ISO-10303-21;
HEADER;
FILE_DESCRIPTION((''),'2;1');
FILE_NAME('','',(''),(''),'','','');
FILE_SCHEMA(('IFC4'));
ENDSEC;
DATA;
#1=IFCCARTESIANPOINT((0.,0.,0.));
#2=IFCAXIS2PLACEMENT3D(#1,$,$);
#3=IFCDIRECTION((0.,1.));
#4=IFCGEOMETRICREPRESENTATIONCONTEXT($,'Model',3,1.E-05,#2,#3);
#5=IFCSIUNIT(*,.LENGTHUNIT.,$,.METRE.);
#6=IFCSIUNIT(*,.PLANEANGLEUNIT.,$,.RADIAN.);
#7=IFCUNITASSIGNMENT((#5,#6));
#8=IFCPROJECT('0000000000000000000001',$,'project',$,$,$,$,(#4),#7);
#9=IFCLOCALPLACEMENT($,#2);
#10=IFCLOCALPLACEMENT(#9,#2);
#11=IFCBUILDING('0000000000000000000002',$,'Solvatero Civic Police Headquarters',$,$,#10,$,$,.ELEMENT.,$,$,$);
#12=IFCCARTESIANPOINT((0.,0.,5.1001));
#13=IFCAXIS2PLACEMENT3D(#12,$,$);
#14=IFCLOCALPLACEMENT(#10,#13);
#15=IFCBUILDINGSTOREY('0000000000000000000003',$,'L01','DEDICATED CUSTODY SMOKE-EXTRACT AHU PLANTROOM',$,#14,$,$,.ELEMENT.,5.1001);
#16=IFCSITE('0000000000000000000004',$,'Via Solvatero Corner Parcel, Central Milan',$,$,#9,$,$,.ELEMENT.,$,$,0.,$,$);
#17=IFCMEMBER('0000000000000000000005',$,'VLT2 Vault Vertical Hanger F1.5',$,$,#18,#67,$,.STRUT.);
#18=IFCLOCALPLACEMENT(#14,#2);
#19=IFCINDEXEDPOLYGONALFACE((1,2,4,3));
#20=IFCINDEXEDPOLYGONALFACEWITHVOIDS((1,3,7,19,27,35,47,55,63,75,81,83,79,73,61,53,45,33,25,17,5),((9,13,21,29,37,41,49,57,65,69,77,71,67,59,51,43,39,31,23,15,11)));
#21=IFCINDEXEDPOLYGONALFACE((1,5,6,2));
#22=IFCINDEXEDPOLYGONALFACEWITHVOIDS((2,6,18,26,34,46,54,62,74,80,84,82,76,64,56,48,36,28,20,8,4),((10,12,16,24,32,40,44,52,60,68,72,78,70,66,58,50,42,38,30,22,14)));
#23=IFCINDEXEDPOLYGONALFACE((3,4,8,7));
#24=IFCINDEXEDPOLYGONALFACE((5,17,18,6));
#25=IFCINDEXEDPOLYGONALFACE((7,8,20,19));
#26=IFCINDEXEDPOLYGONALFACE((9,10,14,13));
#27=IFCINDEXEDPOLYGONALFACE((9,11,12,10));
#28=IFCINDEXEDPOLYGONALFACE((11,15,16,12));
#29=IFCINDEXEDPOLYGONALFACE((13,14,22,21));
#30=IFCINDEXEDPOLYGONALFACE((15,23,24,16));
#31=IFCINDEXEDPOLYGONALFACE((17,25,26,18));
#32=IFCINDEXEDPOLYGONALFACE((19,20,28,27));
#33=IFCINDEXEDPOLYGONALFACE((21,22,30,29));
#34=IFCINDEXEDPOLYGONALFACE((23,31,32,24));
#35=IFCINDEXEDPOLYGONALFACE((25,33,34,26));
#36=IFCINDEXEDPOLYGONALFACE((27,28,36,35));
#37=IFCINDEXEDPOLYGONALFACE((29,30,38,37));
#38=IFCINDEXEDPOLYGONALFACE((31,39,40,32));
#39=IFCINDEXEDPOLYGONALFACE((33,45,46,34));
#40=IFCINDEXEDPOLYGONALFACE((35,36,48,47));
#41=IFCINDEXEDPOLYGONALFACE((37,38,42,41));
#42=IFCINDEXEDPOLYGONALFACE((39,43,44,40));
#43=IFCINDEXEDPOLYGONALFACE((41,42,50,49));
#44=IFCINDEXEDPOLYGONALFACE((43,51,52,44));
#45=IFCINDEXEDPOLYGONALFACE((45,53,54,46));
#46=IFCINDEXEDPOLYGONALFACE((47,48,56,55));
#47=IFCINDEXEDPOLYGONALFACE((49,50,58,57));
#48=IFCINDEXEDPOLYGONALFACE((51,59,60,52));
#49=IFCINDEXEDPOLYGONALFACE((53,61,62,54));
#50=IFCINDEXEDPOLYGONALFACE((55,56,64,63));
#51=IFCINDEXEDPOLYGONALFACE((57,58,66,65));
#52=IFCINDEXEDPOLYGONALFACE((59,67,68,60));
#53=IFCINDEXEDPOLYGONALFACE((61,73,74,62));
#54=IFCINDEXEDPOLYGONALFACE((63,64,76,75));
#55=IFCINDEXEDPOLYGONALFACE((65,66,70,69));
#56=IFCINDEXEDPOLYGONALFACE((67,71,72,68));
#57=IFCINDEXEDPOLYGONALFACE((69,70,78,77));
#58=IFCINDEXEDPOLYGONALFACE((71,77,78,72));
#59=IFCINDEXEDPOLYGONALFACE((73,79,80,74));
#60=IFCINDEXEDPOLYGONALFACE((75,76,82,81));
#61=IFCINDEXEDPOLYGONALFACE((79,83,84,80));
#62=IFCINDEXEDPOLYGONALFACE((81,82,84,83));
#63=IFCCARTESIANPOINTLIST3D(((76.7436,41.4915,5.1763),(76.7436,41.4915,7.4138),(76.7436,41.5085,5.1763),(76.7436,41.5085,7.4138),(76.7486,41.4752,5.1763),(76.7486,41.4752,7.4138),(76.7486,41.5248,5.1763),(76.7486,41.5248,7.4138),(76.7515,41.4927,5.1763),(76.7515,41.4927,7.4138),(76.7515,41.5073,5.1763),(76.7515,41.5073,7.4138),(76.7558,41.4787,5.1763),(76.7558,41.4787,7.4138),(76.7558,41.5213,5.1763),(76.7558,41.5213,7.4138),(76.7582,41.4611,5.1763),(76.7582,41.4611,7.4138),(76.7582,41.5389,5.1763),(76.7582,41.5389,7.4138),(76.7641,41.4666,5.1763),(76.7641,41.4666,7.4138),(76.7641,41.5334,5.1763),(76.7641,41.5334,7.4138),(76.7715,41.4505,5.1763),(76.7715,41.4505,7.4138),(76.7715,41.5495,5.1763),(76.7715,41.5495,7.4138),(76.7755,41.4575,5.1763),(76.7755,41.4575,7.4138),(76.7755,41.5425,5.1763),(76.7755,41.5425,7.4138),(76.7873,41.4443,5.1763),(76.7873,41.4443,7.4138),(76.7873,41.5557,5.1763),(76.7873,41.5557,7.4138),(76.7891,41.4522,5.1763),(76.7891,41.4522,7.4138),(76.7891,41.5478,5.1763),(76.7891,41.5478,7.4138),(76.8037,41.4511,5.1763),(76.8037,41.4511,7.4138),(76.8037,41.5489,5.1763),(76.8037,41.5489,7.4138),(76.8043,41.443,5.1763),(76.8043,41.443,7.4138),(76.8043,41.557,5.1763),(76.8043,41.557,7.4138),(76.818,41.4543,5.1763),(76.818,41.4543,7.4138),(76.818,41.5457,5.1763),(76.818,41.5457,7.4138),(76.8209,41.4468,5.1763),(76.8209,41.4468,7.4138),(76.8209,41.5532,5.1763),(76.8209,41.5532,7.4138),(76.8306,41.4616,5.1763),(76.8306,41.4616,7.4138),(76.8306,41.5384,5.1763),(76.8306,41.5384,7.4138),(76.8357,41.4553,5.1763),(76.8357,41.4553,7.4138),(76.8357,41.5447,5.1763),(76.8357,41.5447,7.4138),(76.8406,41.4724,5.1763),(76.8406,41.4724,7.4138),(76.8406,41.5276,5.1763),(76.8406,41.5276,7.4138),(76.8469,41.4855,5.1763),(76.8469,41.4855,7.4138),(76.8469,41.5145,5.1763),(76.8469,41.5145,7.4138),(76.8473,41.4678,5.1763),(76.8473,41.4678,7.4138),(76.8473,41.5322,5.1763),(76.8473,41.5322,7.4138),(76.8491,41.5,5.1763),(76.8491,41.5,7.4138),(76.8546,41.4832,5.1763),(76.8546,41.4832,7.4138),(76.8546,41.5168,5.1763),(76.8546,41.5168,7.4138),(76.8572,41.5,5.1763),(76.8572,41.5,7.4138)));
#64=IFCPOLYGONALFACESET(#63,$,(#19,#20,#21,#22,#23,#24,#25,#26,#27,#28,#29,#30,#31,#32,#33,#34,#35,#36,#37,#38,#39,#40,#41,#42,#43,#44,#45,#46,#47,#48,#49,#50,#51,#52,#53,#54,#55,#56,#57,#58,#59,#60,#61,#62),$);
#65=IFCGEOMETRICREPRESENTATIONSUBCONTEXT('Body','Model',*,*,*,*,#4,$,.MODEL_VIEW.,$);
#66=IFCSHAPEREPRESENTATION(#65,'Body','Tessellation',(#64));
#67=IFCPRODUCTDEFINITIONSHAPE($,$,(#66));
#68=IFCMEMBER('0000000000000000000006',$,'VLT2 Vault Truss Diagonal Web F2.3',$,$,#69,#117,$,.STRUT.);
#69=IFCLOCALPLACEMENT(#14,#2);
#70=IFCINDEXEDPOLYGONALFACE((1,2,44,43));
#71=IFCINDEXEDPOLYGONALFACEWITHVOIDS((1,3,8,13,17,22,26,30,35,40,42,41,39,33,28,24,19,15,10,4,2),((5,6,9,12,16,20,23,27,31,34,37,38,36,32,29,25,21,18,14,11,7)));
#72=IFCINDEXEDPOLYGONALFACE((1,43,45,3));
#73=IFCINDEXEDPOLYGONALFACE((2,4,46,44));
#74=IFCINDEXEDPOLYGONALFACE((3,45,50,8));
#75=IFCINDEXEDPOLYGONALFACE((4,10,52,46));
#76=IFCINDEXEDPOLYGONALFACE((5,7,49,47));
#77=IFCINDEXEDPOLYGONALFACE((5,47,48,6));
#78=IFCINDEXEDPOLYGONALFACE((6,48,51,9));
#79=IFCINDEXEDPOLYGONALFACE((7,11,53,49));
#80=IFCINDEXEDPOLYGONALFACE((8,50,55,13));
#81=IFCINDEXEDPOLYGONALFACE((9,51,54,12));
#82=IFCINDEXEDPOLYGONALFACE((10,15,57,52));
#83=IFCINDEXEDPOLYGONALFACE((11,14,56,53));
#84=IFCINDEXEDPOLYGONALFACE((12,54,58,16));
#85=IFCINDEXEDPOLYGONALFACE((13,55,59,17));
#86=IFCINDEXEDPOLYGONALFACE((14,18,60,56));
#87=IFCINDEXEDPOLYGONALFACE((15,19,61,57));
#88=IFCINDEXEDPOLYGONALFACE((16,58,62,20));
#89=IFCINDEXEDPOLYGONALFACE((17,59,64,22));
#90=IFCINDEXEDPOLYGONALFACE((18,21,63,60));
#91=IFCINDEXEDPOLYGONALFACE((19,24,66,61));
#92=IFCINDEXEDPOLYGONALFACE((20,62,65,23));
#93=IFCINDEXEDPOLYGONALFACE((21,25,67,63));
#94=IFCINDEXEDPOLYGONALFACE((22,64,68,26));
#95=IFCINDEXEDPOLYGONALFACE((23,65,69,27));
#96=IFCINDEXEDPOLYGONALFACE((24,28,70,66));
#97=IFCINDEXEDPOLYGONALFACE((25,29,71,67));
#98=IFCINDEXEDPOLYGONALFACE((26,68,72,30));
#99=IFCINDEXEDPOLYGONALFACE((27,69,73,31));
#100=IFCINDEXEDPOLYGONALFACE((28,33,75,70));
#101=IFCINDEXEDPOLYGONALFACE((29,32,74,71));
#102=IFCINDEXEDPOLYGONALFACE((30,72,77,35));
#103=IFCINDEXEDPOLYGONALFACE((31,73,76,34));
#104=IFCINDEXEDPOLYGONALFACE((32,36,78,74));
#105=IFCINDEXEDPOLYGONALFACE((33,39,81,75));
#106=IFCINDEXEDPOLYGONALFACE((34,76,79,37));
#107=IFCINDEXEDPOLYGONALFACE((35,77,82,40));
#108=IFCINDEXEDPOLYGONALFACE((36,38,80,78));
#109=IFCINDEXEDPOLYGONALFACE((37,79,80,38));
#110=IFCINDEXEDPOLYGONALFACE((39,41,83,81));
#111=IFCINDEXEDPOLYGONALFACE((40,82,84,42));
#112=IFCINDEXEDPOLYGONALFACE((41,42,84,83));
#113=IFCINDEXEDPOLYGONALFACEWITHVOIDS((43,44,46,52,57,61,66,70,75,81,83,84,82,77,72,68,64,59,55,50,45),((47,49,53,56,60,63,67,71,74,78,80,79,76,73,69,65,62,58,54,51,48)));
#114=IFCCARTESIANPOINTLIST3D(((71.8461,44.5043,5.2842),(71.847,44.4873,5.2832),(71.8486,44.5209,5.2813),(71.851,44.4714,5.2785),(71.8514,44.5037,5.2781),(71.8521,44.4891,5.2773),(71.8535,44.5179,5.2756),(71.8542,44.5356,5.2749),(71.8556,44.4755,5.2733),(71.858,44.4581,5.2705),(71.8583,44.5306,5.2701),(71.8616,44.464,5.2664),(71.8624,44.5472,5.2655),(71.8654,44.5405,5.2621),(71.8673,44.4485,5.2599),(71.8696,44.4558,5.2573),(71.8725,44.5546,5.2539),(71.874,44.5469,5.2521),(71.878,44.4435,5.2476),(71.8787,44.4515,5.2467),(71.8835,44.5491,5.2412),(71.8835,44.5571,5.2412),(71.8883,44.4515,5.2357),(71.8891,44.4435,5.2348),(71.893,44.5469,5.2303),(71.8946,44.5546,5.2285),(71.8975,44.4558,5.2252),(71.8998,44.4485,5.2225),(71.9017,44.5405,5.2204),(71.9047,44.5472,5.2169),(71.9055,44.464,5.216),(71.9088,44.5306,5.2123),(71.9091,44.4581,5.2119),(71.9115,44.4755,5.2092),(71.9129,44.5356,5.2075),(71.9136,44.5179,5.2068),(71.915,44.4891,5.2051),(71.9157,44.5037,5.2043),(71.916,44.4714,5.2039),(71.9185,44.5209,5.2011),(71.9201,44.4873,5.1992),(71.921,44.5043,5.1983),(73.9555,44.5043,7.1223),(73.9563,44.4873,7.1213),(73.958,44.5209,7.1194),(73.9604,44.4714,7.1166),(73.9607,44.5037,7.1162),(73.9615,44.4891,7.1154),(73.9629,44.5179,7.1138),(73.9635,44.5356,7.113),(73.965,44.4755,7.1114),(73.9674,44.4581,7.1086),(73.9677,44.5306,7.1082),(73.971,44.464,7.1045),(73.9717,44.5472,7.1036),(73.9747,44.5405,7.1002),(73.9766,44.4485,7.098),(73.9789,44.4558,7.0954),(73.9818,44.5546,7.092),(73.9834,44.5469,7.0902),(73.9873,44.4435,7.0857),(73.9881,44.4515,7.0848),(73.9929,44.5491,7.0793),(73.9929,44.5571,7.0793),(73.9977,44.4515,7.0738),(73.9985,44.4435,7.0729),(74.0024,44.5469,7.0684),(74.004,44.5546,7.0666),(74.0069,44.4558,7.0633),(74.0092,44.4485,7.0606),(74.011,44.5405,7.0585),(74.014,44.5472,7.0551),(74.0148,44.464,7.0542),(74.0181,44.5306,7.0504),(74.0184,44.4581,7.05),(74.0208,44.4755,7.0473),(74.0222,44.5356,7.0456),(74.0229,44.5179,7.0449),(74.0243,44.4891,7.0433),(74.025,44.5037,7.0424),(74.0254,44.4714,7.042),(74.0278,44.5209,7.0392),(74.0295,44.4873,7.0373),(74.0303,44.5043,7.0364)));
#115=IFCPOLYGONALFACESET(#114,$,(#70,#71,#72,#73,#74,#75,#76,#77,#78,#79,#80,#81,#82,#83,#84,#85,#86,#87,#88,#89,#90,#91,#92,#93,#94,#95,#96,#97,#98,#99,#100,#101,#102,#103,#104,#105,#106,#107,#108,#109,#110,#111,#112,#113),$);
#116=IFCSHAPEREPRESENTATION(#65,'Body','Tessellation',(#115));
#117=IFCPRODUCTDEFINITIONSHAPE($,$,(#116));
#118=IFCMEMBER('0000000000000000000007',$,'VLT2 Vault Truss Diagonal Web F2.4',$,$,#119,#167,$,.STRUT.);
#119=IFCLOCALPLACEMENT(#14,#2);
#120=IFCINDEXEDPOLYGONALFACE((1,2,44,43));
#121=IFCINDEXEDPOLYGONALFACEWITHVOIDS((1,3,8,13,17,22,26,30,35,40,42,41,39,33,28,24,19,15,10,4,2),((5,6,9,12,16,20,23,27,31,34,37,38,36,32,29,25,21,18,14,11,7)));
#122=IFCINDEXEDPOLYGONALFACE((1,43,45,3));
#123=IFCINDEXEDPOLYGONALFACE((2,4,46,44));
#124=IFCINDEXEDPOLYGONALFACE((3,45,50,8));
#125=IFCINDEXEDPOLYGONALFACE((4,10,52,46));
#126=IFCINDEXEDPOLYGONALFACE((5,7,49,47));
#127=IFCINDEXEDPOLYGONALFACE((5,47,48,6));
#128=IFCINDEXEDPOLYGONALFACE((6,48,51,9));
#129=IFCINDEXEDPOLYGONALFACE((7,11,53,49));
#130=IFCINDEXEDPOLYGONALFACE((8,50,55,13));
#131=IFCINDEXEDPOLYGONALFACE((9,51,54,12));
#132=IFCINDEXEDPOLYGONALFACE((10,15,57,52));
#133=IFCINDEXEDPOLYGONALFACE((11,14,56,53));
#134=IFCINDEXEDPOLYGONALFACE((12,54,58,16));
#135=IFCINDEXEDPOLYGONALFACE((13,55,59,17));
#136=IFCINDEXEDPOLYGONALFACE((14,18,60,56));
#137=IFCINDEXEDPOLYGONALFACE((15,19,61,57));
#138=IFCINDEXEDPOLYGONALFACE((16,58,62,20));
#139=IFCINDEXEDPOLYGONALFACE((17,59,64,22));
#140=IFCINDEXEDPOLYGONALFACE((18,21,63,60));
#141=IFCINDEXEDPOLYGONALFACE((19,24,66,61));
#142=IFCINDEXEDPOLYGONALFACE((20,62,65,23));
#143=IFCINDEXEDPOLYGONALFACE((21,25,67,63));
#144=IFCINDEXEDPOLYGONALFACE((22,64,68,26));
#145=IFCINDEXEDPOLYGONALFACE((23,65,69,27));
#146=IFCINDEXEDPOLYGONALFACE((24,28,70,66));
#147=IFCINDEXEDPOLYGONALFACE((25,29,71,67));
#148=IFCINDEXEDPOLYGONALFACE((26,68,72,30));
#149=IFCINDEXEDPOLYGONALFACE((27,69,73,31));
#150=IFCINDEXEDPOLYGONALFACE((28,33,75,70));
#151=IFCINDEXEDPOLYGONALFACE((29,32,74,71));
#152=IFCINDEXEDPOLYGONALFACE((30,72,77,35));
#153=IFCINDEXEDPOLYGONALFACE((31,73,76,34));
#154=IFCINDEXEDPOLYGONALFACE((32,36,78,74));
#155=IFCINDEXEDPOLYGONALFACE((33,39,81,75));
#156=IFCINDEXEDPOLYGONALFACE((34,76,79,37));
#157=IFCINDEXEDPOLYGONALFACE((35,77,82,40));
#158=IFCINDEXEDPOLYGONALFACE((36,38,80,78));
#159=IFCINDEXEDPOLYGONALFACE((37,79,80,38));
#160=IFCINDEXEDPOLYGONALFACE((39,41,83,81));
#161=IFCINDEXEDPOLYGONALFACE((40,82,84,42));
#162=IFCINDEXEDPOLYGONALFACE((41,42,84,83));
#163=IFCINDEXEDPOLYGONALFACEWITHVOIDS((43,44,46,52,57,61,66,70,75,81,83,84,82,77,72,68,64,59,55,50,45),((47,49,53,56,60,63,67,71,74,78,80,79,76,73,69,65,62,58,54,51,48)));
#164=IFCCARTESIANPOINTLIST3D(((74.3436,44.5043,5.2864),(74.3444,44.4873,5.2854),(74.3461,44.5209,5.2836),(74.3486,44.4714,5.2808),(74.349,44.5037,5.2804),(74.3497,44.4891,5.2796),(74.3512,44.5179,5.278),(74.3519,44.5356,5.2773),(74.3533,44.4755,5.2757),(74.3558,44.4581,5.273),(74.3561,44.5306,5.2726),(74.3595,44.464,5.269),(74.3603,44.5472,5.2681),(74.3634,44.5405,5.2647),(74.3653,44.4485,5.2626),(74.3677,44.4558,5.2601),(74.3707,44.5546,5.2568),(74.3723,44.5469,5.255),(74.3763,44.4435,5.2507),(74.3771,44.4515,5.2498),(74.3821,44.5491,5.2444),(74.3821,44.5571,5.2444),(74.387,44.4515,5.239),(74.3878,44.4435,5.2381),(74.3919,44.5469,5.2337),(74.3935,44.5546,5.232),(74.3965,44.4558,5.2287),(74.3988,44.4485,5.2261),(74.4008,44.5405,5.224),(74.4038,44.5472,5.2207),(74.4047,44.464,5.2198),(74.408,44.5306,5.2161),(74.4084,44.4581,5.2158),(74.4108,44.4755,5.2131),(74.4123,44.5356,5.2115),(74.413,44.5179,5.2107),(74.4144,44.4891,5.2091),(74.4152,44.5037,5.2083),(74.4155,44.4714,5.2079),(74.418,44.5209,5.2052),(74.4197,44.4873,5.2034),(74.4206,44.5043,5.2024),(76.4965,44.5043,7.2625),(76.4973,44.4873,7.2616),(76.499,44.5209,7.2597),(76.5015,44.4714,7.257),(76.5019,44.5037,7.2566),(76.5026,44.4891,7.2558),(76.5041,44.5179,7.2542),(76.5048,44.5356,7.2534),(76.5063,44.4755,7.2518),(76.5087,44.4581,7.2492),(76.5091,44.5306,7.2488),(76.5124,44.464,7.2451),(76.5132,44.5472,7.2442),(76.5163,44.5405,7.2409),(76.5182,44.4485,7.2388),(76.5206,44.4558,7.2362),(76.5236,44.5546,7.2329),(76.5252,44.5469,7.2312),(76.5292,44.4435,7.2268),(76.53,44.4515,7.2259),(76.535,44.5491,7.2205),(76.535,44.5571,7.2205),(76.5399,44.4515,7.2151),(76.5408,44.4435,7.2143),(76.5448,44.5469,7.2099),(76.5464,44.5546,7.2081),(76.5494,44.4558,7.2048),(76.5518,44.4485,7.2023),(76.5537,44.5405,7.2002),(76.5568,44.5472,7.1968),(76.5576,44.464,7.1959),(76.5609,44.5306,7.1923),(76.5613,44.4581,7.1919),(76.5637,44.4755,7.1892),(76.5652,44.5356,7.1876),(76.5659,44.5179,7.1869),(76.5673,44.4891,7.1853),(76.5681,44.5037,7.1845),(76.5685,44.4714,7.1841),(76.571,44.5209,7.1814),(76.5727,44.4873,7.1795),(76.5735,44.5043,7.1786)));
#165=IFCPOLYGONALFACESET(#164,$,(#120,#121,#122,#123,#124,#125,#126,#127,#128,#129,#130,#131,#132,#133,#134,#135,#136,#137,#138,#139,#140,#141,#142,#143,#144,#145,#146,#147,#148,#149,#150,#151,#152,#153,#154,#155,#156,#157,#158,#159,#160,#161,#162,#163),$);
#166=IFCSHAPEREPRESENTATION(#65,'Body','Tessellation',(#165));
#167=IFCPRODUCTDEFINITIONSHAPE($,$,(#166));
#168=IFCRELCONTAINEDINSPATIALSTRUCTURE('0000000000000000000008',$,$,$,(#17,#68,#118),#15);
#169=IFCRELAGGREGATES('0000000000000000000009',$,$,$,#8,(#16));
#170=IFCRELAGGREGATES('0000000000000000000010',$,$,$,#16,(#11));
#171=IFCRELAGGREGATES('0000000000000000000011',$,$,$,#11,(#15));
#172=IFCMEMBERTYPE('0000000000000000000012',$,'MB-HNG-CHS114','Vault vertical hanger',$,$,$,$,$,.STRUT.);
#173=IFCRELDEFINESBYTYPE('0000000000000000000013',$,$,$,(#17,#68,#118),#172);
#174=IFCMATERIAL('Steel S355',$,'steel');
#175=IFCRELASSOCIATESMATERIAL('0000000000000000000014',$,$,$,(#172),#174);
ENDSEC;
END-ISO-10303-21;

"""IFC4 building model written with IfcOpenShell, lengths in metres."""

from ifc_helpers import new_model, si_unit, direction, frame, origin, origin_2d, place, context, subcontext, project, spatial, hollow_circle, extrude, material, material_profile, profile_set, type_object, element, save


model = new_model("IFC4")

# Units and contexts
model_context = context("Model", 3, precision=1e-05, world=origin(), true_north=direction((0.0, 1.0)))
body_context = subcontext(model_context, "Body", "Model", "MODEL_VIEW")
ifc_project = project(units=[si_unit("LENGTHUNIT", "METRE"), si_unit("PLANEANGLEUNIT", "RADIAN")], contexts=[model_context])

# Site, building, storey
site_placement = place(None, origin())
site = spatial("IfcSite", under=ifc_project, at=site_placement, Name="Via Solvatero Corner Parcel, Central Milan", CompositionType="ELEMENT", RefElevation=0.0)
building_placement = place(site_placement, origin())
building = spatial("IfcBuilding", under=site, at=building_placement, Name="Solvatero Civic Police Headquarters", CompositionType="ELEMENT")
storey_placement = place(building_placement, frame((0.0, 0.0, 5.1001)))
storey = spatial("IfcBuildingStorey", under=building, at=storey_placement, Name="L01", Description="DEDICATED CUSTODY SMOKE-EXTRACT AHU PLANTROOM", CompositionType="ELEMENT", Elevation=5.1001)

# Shared definitions
ifc_material_1 = material(Name="Steel S355", Category="steel")

# Members
ifc_material_profile_1 = material_profile(ifc_material_1, hollow_circle(Radius=0.0571, WallThickness=0.0081, at=origin_2d()), Name="CHS 114.3x8.0")
ifc_profile_set_1 = profile_set([ifc_material_profile_1], Name="Steel S355")
member_type_1 = type_object("IfcMemberType", Name="MB-HNG-CHS114", Description="Vault vertical hanger", PredefinedType="STRUT", material=ifc_profile_set_1)
member_1_placement = place(storey_placement, frame((76.8, 41.5, 5.1763), z_axis=(0.0, 0.0, 1.0), x_axis=(1.0, 0.0, 0.0)))
element("IfcMember", 1, at=member_1_placement, inside=storey, type_object=member_type_1, Name="VLT2 Vault Vertical Hanger F1.5", PredefinedType="STRUT", context=body_context, shape_type="SweptSolid", body=[
    extrude(hollow_circle(Radius=0.0571, WallThickness=0.0081, at=origin_2d()), origin(), (0.0, 0.0, 1.0), 2.2375),
])
member_2_placement = place(storey_placement, frame((71.8835, 44.5, 5.2412), z_axis=(0.753916, 0.0, 0.656971), x_axis=(0.0, 1.0, 0.0)))
element("IfcMember", 2, at=member_2_placement, inside=storey, type_object=member_type_1, Name="VLT2 Vault Truss Diagonal Web F2.3", PredefinedType="STRUT", context=body_context, shape_type="SweptSolid", body=[
    extrude(hollow_circle(Radius=0.0571, WallThickness=0.0081, at=origin_2d()), origin(), (0.0, 0.0, 1.0), 2.7979),
])
member_3_placement = place(storey_placement, frame((74.3821, 44.5, 5.2444), z_axis=(0.736703, 0.0, 0.676216), x_axis=(0.0, 1.0, 0.0)))
element("IfcMember", 3, at=member_3_placement, inside=storey, type_object=member_type_1, Name="VLT2 Vault Truss Diagonal Web F2.4", PredefinedType="STRUT", context=body_context, shape_type="SweptSolid", body=[
    extrude(hollow_circle(Radius=0.0571, WallThickness=0.0081, at=origin_2d()), origin(), (0.0, 0.0, 1.0), 2.9224),
])

save(model, "model.ifc")
